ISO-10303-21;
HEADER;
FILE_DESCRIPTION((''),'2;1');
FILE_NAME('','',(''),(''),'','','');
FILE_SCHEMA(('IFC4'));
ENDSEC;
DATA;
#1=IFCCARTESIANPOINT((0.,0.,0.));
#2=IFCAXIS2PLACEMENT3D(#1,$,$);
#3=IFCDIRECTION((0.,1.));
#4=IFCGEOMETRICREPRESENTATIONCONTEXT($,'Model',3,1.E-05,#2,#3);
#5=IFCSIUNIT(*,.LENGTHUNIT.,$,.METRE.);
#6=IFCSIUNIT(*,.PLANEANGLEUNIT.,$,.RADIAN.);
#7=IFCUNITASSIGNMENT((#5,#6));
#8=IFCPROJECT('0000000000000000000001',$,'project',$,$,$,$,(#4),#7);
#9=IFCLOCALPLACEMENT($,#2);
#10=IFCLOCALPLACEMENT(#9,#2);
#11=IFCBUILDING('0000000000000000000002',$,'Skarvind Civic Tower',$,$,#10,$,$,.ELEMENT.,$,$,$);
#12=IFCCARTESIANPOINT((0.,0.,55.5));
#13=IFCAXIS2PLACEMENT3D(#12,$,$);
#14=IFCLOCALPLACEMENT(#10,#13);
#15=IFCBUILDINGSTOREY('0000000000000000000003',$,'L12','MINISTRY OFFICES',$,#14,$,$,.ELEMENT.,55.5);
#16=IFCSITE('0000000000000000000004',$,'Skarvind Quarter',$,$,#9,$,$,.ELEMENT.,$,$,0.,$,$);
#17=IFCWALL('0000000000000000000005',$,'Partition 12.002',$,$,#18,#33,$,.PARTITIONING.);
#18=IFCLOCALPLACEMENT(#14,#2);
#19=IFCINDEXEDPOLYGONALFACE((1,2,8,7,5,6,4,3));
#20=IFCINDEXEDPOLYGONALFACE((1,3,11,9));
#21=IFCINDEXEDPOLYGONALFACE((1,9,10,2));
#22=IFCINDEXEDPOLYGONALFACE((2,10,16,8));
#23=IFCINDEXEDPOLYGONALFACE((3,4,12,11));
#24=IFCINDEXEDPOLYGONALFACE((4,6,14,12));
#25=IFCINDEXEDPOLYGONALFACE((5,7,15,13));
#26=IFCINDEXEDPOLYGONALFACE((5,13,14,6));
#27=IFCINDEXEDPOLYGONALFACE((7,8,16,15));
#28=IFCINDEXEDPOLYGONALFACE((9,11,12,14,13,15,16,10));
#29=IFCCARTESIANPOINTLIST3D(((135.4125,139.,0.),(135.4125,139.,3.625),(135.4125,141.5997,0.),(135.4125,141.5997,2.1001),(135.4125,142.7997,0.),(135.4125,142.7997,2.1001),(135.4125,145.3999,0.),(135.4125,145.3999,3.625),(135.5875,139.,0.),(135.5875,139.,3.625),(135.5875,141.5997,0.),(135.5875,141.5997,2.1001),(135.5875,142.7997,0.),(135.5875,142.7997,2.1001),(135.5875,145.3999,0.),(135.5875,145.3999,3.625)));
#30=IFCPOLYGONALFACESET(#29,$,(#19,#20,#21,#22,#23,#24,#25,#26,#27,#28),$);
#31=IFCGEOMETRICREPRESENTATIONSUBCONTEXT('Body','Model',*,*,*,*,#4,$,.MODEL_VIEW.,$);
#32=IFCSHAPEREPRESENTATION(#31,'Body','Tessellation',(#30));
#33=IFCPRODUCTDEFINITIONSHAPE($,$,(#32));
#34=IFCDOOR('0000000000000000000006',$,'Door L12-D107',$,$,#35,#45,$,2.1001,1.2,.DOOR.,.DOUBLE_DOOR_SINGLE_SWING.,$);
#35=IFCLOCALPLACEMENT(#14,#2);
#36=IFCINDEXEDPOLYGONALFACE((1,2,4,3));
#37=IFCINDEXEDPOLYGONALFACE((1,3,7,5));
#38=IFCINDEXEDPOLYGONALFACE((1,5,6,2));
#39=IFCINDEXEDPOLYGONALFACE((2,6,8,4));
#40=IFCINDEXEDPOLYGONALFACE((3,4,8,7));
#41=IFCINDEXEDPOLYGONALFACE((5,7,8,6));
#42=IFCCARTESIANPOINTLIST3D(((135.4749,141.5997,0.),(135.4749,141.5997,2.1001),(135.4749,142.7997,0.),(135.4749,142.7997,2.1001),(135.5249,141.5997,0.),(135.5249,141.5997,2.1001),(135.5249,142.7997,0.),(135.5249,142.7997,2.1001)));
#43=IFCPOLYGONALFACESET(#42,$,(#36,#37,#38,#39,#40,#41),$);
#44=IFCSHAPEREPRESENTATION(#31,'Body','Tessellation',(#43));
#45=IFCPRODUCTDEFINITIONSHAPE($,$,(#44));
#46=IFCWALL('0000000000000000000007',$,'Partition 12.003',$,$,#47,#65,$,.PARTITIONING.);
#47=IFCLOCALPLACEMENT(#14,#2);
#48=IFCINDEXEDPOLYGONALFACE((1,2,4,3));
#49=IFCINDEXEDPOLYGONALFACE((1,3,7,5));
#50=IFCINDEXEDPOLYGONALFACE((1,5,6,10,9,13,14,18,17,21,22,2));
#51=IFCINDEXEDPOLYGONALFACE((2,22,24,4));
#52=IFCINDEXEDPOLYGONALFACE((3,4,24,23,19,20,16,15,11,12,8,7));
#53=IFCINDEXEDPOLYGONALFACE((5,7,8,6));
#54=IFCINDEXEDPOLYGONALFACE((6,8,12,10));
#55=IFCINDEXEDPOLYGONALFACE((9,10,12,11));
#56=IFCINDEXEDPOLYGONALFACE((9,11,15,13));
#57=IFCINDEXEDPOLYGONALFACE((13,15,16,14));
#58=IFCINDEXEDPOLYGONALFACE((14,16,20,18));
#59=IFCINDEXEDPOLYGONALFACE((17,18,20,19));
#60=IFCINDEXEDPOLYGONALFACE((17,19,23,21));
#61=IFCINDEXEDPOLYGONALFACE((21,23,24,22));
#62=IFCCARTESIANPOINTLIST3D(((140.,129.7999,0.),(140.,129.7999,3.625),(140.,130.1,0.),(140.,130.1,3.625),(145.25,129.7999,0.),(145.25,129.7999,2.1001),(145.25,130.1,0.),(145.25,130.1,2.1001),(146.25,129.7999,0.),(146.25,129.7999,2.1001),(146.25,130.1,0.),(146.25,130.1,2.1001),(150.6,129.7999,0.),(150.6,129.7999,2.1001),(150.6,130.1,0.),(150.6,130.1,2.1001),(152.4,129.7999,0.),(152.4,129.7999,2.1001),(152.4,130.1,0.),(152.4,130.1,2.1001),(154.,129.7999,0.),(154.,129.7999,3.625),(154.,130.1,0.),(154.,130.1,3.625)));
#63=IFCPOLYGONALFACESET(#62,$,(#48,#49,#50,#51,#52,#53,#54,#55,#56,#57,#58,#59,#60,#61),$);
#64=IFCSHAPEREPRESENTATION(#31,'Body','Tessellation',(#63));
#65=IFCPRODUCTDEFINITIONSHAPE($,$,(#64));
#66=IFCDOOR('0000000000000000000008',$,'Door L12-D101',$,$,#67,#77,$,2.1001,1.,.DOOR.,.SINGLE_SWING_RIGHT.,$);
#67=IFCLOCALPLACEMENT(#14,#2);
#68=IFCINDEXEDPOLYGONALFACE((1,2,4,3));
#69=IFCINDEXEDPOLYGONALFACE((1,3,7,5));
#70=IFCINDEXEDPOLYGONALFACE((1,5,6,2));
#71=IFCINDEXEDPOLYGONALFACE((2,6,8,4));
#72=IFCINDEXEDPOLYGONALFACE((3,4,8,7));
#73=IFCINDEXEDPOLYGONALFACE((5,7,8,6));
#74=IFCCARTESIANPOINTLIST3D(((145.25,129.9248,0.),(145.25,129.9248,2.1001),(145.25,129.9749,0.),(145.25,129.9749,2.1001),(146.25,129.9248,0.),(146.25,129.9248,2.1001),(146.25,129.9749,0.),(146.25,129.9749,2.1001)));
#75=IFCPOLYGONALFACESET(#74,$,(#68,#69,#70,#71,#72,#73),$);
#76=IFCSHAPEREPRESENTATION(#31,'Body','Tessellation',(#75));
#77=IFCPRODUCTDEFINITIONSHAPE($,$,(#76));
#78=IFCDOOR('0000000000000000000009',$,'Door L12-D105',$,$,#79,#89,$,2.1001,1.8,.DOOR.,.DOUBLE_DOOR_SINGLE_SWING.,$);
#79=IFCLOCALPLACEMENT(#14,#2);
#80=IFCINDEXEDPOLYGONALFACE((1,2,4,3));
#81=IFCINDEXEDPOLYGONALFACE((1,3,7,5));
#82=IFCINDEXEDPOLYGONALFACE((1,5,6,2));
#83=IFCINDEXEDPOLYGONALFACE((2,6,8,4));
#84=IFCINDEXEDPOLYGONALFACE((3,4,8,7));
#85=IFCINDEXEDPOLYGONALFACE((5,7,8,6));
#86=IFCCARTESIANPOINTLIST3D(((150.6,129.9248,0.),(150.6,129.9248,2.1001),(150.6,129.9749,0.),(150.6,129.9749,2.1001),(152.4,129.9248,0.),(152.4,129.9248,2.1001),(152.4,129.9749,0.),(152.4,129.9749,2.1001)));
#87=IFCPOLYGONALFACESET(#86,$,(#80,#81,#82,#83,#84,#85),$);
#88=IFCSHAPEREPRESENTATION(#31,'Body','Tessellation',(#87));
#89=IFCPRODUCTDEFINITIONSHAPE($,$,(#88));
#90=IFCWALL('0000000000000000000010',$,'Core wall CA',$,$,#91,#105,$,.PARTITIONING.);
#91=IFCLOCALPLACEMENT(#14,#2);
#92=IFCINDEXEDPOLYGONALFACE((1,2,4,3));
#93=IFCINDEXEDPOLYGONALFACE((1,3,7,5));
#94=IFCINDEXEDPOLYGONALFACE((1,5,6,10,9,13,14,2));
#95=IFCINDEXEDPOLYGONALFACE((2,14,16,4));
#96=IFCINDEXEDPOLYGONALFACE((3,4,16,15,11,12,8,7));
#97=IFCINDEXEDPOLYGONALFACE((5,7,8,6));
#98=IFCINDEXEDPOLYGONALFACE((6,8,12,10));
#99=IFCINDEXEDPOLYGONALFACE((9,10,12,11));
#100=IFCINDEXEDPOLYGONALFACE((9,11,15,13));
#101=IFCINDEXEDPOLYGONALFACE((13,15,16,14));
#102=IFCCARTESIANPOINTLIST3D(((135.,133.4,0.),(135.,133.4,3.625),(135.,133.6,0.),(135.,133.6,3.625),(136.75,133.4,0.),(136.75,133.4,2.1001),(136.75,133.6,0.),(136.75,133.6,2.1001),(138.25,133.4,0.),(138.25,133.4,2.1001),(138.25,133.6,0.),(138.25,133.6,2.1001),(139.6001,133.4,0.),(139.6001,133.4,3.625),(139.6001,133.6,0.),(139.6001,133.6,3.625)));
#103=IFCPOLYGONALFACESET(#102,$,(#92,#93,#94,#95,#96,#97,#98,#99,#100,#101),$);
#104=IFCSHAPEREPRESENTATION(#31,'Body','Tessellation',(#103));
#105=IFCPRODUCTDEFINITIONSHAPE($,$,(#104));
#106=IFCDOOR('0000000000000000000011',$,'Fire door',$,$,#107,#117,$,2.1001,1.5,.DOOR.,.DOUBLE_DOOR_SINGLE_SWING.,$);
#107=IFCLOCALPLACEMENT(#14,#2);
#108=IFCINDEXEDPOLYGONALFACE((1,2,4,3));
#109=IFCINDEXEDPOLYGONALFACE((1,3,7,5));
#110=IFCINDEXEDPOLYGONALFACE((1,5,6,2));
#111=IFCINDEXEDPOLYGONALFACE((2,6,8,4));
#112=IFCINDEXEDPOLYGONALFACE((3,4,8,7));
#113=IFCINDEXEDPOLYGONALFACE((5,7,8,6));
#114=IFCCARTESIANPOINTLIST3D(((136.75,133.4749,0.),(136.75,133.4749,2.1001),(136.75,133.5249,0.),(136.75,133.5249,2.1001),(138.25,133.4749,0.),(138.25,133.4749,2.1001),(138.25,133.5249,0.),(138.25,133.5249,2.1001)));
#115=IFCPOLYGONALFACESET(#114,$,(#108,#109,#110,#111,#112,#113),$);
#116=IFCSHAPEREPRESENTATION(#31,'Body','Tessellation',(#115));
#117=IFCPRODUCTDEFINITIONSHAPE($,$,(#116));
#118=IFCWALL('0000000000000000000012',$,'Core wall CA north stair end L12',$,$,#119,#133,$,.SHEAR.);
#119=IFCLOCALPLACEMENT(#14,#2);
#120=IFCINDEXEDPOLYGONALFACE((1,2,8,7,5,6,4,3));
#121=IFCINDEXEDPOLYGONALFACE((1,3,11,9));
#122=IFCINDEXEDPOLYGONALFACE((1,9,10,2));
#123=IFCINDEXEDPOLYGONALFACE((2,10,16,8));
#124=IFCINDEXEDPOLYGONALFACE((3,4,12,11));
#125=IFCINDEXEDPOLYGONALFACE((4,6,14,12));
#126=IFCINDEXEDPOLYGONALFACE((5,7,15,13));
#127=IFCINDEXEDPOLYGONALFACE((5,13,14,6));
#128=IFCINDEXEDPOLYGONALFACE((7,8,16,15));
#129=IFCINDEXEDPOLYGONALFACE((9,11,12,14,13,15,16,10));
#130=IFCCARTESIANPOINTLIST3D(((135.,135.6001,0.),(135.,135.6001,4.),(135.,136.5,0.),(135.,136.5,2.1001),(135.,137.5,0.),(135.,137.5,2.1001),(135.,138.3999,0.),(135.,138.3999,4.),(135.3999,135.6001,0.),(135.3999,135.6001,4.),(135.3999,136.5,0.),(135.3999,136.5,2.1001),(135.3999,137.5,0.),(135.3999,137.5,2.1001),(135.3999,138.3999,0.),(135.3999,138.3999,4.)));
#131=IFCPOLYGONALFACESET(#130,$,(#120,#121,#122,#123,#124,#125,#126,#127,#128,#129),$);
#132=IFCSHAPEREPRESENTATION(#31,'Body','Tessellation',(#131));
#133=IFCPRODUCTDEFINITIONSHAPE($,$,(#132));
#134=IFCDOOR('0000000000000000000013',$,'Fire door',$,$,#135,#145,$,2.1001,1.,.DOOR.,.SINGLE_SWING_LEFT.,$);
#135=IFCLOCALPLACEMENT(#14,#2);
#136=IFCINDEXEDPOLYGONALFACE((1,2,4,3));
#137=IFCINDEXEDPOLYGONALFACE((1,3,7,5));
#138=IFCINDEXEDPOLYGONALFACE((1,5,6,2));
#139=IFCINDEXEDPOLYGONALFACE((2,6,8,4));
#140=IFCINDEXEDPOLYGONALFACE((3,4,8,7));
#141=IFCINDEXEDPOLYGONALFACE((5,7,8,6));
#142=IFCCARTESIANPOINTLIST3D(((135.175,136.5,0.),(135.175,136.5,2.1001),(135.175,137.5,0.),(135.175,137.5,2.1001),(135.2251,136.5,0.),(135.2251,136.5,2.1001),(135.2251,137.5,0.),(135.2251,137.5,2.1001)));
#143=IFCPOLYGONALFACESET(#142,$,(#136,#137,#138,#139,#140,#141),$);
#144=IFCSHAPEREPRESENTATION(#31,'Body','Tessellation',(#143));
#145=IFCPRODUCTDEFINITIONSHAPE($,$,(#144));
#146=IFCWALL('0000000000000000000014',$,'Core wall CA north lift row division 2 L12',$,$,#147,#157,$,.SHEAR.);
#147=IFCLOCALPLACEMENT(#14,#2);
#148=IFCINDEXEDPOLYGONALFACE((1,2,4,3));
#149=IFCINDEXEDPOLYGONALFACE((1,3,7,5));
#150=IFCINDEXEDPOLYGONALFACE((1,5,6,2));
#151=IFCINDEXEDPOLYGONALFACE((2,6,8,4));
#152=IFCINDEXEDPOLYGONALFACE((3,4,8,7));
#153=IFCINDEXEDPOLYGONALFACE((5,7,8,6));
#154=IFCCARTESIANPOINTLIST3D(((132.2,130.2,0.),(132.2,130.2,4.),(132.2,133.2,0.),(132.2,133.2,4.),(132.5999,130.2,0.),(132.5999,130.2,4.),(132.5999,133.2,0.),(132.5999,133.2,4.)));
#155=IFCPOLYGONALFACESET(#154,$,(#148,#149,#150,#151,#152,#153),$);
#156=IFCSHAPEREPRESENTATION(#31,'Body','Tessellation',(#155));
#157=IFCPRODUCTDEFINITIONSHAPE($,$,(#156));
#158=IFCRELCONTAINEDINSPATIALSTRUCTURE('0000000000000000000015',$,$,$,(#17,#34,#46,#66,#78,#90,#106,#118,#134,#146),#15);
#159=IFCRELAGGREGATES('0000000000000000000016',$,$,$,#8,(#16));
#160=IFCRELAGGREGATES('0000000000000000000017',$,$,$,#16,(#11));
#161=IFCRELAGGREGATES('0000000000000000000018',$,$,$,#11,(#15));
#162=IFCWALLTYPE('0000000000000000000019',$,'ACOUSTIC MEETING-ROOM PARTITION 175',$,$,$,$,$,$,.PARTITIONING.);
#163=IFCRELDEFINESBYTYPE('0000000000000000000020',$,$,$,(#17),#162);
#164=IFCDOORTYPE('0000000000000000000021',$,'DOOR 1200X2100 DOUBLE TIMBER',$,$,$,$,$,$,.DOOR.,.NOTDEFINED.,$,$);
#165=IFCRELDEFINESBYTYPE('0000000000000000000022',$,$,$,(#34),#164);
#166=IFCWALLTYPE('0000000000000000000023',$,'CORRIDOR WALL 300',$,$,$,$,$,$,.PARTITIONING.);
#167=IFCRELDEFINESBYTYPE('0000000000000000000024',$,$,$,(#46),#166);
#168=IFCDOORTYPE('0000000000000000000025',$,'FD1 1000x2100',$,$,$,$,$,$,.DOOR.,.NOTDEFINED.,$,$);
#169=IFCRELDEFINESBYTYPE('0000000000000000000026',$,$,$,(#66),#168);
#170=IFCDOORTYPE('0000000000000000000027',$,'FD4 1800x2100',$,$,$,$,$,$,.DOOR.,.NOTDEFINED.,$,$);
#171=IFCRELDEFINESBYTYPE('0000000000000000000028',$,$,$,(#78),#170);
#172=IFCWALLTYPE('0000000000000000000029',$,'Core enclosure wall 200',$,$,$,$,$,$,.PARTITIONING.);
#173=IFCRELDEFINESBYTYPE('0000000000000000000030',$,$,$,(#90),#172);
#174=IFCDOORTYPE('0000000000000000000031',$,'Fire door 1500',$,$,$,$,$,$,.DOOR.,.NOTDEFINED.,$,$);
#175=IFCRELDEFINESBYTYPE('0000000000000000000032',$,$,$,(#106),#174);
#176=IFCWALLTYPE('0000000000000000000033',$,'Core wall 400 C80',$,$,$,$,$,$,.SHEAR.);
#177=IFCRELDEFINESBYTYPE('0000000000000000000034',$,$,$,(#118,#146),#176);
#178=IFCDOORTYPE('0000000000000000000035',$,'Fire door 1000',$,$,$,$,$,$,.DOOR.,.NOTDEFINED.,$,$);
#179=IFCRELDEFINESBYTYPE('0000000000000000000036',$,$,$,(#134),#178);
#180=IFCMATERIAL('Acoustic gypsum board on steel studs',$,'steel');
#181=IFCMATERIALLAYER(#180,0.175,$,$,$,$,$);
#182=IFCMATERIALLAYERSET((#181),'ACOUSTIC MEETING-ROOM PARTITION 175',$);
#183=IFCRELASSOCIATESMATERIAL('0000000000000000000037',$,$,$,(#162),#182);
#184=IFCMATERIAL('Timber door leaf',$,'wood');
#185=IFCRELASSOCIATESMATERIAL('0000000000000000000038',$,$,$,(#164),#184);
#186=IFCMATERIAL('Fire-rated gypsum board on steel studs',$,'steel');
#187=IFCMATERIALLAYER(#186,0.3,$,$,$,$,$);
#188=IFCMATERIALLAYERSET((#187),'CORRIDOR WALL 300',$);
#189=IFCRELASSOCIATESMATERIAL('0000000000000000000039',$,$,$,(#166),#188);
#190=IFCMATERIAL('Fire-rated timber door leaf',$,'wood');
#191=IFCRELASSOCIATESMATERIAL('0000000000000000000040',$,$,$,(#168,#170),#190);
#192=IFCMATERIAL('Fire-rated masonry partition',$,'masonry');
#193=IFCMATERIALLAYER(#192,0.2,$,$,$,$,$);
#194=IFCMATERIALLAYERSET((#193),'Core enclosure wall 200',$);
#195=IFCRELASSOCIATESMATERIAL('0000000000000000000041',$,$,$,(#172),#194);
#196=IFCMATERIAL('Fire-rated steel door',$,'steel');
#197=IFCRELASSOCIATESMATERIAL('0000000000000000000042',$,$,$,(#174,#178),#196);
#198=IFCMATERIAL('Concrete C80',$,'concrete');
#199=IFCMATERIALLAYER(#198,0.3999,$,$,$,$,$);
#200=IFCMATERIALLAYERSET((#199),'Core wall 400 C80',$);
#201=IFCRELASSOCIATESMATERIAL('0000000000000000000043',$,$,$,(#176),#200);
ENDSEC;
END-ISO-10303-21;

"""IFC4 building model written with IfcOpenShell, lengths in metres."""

from ifc_helpers import new_model, si_unit, direction, frame, frame_2d, origin, place, context, subcontext, project, spatial, rectangle, extrude, material, layer, layer_set, type_object, element, fill, save


model = new_model("IFC4")

# Units and contexts
model_context = context("Model", 3, precision=1e-05, world=origin(), true_north=direction((0.0, 1.0)))
body_context = subcontext(model_context, "Body", "Model", "MODEL_VIEW")
ifc_project = project(units=[si_unit("LENGTHUNIT", "METRE"), si_unit("PLANEANGLEUNIT", "RADIAN")], contexts=[model_context])

# Site, building, storey
site_placement = place(None, origin())
site = spatial("IfcSite", under=ifc_project, at=site_placement, Name="Skarvind Quarter", CompositionType="ELEMENT", RefElevation=0.0)
building_placement = place(site_placement, origin())
building = spatial("IfcBuilding", under=site, at=building_placement, Name="Skarvind Civic Tower", CompositionType="ELEMENT")
storey_placement = place(building_placement, frame((0.0, 0.0, 55.5)))
storey = spatial("IfcBuildingStorey", under=building, at=storey_placement, Name="L12", Description="MINISTRY OFFICES", CompositionType="ELEMENT", Elevation=55.5)

# Wall, opening, door
ifc_material_1 = material(Name="Acoustic gypsum board on steel studs", Category="steel")
ifc_layer_1 = layer(ifc_material_1, 0.175)
ifc_layer_set_1 = layer_set([ifc_layer_1], Name="ACOUSTIC MEETING-ROOM PARTITION 175")
wall_type_1 = type_object("IfcWallType", Name="ACOUSTIC MEETING-ROOM PARTITION 175", PredefinedType="PARTITIONING", material=ifc_layer_set_1)
wall_1_placement = place(storey_placement, frame((135.5, 145.3999, 0.0), z_axis=(0.0, 0.0, 1.0), x_axis=(0.0, -1.0, 0.0)))
wall_1 = element("IfcWall", 1, at=wall_1_placement, inside=storey, type_object=wall_type_1, Name="Partition 12.002", PredefinedType="PARTITIONING", context=body_context, shape_type="SweptSolid", body=[
    extrude(rectangle(XDim=6.3999, YDim=0.175, at=frame_2d((3.2, 0.0))), origin(), (0.0, 0.0, 1.0), 3.625),
])
opening_1_placement = place(wall_1_placement, frame((2.6001, 0.0, 0.0)))
opening_1 = element("IfcOpeningElement", 2, at=opening_1_placement, cuts=wall_1, PredefinedType="OPENING", context=body_context, shape_type="SweptSolid", body=[
    extrude(rectangle(XDim=1.2, YDim=2.1001, at=frame_2d((0.6001, 1.05))), frame((0.0, 0.0974, 0.0), z_axis=(0.0, -1.0, 0.0), x_axis=(1.0, 0.0, 0.0)), (0.0, 0.0, 1.0), 0.1951),
])
ifc_material_2 = material(Name="Timber door leaf", Category="wood")
door_type_1 = type_object("IfcDoorType", Name="DOOR 1200X2100 DOUBLE TIMBER", OperationType="NOTDEFINED", PredefinedType="DOOR", material=ifc_material_2)
door_1_placement = place(opening_1_placement, origin())
door_1 = element("IfcDoor", 3, at=door_1_placement, inside=storey, type_object=door_type_1, Name="Door L12-D107", OperationType="DOUBLE_DOOR_SINGLE_SWING", OverallHeight=2.1001, OverallWidth=1.2, PredefinedType="DOOR", context=body_context, shape_type="SweptSolid", body=[
    extrude(rectangle(XDim=1.2, YDim=2.1001, at=frame_2d((0.6001, 1.05))), frame((0.0, 0.0249, 0.0), z_axis=(0.0, -1.0, 0.0), x_axis=(1.0, 0.0, 0.0)), (0.0, 0.0, 1.0), 0.05),
])
fill(opening_1, door_1)

# Wall, openings, doors
ifc_material_3 = material(Name="Fire-rated gypsum board on steel studs", Category="steel")
ifc_layer_2 = layer(ifc_material_3, 0.3)
ifc_layer_set_2 = layer_set([ifc_layer_2], Name="CORRIDOR WALL 300")
wall_type_2 = type_object("IfcWallType", Name="CORRIDOR WALL 300", PredefinedType="PARTITIONING", material=ifc_layer_set_2)
wall_2_placement = place(storey_placement, frame((140.0, 129.95, 0.0), z_axis=(0.0, 0.0, 1.0), x_axis=(1.0, 0.0, 0.0)))
wall_2 = element("IfcWall", 4, at=wall_2_placement, inside=storey, type_object=wall_type_2, Name="Partition 12.003", PredefinedType="PARTITIONING", context=body_context, shape_type="SweptSolid", body=[
    extrude(rectangle(XDim=14.0, YDim=0.3, at=frame_2d((7.0, 0.0))), origin(), (0.0, 0.0, 1.0), 3.625),
])
opening_2_placement = place(wall_2_placement, frame((5.25, 0.0, 0.0)))
opening_2 = element("IfcOpeningElement", 5, at=opening_2_placement, cuts=wall_2, PredefinedType="OPENING", context=body_context, shape_type="SweptSolid", body=[
    extrude(rectangle(XDim=1.0, YDim=2.1001, at=frame_2d((0.5, 1.05))), frame((0.0, 0.1599, 0.0), z_axis=(0.0, -1.0, 0.0), x_axis=(1.0, 0.0, 0.0)), (0.0, 0.0, 1.0), 0.3201),
])
opening_3_placement = place(wall_2_placement, frame((10.6001, 0.0, 0.0)))
opening_3 = element("IfcOpeningElement", 6, at=opening_3_placement, cuts=wall_2, PredefinedType="OPENING", context=body_context, shape_type="SweptSolid", body=[
    extrude(rectangle(XDim=1.8, YDim=2.1001, at=frame_2d((0.8999, 1.05))), frame((0.0, 0.1599, 0.0), z_axis=(0.0, -1.0, 0.0), x_axis=(1.0, 0.0, 0.0)), (0.0, 0.0, 1.0), 0.3201),
])
ifc_material_4 = material(Name="Fire-rated timber door leaf", Category="wood")
door_type_2 = type_object("IfcDoorType", Name="FD1 1000x2100", OperationType="NOTDEFINED", PredefinedType="DOOR", material=ifc_material_4)
door_2_placement = place(opening_2_placement, origin())
door_2 = element("IfcDoor", 7, at=door_2_placement, inside=storey, type_object=door_type_2, Name="Door L12-D101", OperationType="SINGLE_SWING_RIGHT", OverallHeight=2.1001, OverallWidth=1.0, PredefinedType="DOOR", context=body_context, shape_type="SweptSolid", body=[
    extrude(rectangle(XDim=1.0, YDim=2.1001, at=frame_2d((0.5, 1.05))), frame((0.0, 0.0249, 0.0), z_axis=(0.0, -1.0, 0.0), x_axis=(1.0, 0.0, 0.0)), (0.0, 0.0, 1.0), 0.05),
])
fill(opening_2, door_2)
door_type_3 = type_object("IfcDoorType", Name="FD4 1800x2100", OperationType="NOTDEFINED", PredefinedType="DOOR", material=ifc_material_4)
door_3_placement = place(opening_3_placement, origin())
door_3 = element("IfcDoor", 8, at=door_3_placement, inside=storey, type_object=door_type_3, Name="Door L12-D105", OperationType="DOUBLE_DOOR_SINGLE_SWING", OverallHeight=2.1001, OverallWidth=1.8, PredefinedType="DOOR", context=body_context, shape_type="SweptSolid", body=[
    extrude(rectangle(XDim=1.8, YDim=2.1001, at=frame_2d((0.8999, 1.05))), frame((0.0, 0.0249, 0.0), z_axis=(0.0, -1.0, 0.0), x_axis=(1.0, 0.0, 0.0)), (0.0, 0.0, 1.0), 0.05),
])
fill(opening_3, door_3)

# Walls, openings, doors
ifc_material_5 = material(Name="Fire-rated masonry partition", Category="masonry")
ifc_layer_3 = layer(ifc_material_5, 0.2)
ifc_layer_set_3 = layer_set([ifc_layer_3], Name="Core enclosure wall 200")
wall_type_3 = type_object("IfcWallType", Name="Core enclosure wall 200", PredefinedType="PARTITIONING", material=ifc_layer_set_3)
wall_3_placement = place(storey_placement, frame((135.0, 133.5, 0.0), z_axis=(0.0, 0.0, 1.0), x_axis=(1.0, 0.0, 0.0)))
wall_3 = element("IfcWall", 9, at=wall_3_placement, inside=storey, type_object=wall_type_3, Name="Core wall CA", PredefinedType="PARTITIONING", context=body_context, shape_type="SweptSolid", body=[
    extrude(rectangle(XDim=4.6001, YDim=0.2, at=frame_2d((2.3, 0.0))), origin(), (0.0, 0.0, 1.0), 3.625),
])
opening_4_placement = place(wall_3_placement, frame((1.75, 0.0, 0.0)))
opening_4 = element("IfcOpeningElement", 10, at=opening_4_placement, cuts=wall_3, PredefinedType="OPENING", context=body_context, shape_type="SweptSolid", body=[
    extrude(rectangle(XDim=1.5, YDim=2.1001, at=frame_2d((0.75, 1.05))), frame((0.0, 0.1099, 0.0), z_axis=(0.0, -1.0, 0.0), x_axis=(1.0, 0.0, 0.0)), (0.0, 0.0, 1.0), 0.22),
])
ifc_material_6 = material(Name="Fire-rated steel door", Category="steel")
door_type_4 = type_object("IfcDoorType", Name="Fire door 1500", OperationType="NOTDEFINED", PredefinedType="DOOR", material=ifc_material_6)
door_4_placement = place(opening_4_placement, origin())
door_4 = element("IfcDoor", 11, at=door_4_placement, inside=storey, type_object=door_type_4, Name="Fire door", OperationType="DOUBLE_DOOR_SINGLE_SWING", OverallHeight=2.1001, OverallWidth=1.5, PredefinedType="DOOR", context=body_context, shape_type="SweptSolid", body=[
    extrude(rectangle(XDim=1.5, YDim=2.1001, at=frame_2d((0.75, 1.05))), frame((0.0, 0.0249, 0.0), z_axis=(0.0, -1.0, 0.0), x_axis=(1.0, 0.0, 0.0)), (0.0, 0.0, 1.0), 0.05),
])
fill(opening_4, door_4)
ifc_material_7 = material(Name="Concrete C80", Category="concrete")
ifc_layer_4 = layer(ifc_material_7, 0.3999)
ifc_layer_set_4 = layer_set([ifc_layer_4], Name="Core wall 400 C80")
wall_type_4 = type_object("IfcWallType", Name="Core wall 400 C80", PredefinedType="SHEAR", material=ifc_layer_set_4)
wall_4_placement = place(storey_placement, frame((135.2, 135.6001, 0.0), z_axis=(0.0, 0.0, 1.0), x_axis=(0.0, 1.0, 0.0)))
wall_4 = element("IfcWall", 12, at=wall_4_placement, inside=storey, type_object=wall_type_4, Name="Core wall CA north stair end L12", PredefinedType="SHEAR", context=body_context, shape_type="SweptSolid", body=[
    extrude(rectangle(XDim=2.7998, YDim=0.3999, at=frame_2d((1.3999, 0.0))), origin(), (0.0, 0.0, 1.0), 4.0),
])
opening_5_placement = place(wall_4_placement, frame((0.8999, 0.0, 0.0)))
opening_5 = element("IfcOpeningElement", 13, at=opening_5_placement, cuts=wall_4, PredefinedType="OPENING", context=body_context, shape_type="SweptSolid", body=[
    extrude(rectangle(XDim=1.0, YDim=2.1001, at=frame_2d((0.5, 1.05))), frame((0.0, 0.21, 0.0), z_axis=(0.0, -1.0, 0.0), x_axis=(1.0, 0.0, 0.0)), (0.0, 0.0, 1.0), 0.4199),
])
door_type_5 = type_object("IfcDoorType", Name="Fire door 1000", OperationType="NOTDEFINED", PredefinedType="DOOR", material=ifc_material_6)
door_5_placement = place(opening_5_placement, origin())
door_5 = element("IfcDoor", 14, at=door_5_placement, inside=storey, type_object=door_type_5, Name="Fire door", OperationType="SINGLE_SWING_LEFT", OverallHeight=2.1001, OverallWidth=1.0, PredefinedType="DOOR", context=body_context, shape_type="SweptSolid", body=[
    extrude(rectangle(XDim=1.0, YDim=2.1001, at=frame_2d((0.5, 1.05))), frame((0.0, 0.0249, 0.0), z_axis=(0.0, -1.0, 0.0), x_axis=(1.0, 0.0, 0.0)), (0.0, 0.0, 1.0), 0.05),
])
fill(opening_5, door_5)

# Wall
wall_5_placement = place(storey_placement, frame((132.3999, 130.2, 0.0), z_axis=(0.0, 0.0, 1.0), x_axis=(0.0, 1.0, 0.0)))
element("IfcWall", 15, at=wall_5_placement, inside=storey, type_object=wall_type_4, Name="Core wall CA north lift row division 2 L12", PredefinedType="SHEAR", context=body_context, shape_type="SweptSolid", body=[
    extrude(rectangle(XDim=3.0, YDim=0.3999, at=frame_2d((1.5, 0.0))), origin(), (0.0, 0.0, 1.0), 4.0),
])

save(model, "model.ifc")
